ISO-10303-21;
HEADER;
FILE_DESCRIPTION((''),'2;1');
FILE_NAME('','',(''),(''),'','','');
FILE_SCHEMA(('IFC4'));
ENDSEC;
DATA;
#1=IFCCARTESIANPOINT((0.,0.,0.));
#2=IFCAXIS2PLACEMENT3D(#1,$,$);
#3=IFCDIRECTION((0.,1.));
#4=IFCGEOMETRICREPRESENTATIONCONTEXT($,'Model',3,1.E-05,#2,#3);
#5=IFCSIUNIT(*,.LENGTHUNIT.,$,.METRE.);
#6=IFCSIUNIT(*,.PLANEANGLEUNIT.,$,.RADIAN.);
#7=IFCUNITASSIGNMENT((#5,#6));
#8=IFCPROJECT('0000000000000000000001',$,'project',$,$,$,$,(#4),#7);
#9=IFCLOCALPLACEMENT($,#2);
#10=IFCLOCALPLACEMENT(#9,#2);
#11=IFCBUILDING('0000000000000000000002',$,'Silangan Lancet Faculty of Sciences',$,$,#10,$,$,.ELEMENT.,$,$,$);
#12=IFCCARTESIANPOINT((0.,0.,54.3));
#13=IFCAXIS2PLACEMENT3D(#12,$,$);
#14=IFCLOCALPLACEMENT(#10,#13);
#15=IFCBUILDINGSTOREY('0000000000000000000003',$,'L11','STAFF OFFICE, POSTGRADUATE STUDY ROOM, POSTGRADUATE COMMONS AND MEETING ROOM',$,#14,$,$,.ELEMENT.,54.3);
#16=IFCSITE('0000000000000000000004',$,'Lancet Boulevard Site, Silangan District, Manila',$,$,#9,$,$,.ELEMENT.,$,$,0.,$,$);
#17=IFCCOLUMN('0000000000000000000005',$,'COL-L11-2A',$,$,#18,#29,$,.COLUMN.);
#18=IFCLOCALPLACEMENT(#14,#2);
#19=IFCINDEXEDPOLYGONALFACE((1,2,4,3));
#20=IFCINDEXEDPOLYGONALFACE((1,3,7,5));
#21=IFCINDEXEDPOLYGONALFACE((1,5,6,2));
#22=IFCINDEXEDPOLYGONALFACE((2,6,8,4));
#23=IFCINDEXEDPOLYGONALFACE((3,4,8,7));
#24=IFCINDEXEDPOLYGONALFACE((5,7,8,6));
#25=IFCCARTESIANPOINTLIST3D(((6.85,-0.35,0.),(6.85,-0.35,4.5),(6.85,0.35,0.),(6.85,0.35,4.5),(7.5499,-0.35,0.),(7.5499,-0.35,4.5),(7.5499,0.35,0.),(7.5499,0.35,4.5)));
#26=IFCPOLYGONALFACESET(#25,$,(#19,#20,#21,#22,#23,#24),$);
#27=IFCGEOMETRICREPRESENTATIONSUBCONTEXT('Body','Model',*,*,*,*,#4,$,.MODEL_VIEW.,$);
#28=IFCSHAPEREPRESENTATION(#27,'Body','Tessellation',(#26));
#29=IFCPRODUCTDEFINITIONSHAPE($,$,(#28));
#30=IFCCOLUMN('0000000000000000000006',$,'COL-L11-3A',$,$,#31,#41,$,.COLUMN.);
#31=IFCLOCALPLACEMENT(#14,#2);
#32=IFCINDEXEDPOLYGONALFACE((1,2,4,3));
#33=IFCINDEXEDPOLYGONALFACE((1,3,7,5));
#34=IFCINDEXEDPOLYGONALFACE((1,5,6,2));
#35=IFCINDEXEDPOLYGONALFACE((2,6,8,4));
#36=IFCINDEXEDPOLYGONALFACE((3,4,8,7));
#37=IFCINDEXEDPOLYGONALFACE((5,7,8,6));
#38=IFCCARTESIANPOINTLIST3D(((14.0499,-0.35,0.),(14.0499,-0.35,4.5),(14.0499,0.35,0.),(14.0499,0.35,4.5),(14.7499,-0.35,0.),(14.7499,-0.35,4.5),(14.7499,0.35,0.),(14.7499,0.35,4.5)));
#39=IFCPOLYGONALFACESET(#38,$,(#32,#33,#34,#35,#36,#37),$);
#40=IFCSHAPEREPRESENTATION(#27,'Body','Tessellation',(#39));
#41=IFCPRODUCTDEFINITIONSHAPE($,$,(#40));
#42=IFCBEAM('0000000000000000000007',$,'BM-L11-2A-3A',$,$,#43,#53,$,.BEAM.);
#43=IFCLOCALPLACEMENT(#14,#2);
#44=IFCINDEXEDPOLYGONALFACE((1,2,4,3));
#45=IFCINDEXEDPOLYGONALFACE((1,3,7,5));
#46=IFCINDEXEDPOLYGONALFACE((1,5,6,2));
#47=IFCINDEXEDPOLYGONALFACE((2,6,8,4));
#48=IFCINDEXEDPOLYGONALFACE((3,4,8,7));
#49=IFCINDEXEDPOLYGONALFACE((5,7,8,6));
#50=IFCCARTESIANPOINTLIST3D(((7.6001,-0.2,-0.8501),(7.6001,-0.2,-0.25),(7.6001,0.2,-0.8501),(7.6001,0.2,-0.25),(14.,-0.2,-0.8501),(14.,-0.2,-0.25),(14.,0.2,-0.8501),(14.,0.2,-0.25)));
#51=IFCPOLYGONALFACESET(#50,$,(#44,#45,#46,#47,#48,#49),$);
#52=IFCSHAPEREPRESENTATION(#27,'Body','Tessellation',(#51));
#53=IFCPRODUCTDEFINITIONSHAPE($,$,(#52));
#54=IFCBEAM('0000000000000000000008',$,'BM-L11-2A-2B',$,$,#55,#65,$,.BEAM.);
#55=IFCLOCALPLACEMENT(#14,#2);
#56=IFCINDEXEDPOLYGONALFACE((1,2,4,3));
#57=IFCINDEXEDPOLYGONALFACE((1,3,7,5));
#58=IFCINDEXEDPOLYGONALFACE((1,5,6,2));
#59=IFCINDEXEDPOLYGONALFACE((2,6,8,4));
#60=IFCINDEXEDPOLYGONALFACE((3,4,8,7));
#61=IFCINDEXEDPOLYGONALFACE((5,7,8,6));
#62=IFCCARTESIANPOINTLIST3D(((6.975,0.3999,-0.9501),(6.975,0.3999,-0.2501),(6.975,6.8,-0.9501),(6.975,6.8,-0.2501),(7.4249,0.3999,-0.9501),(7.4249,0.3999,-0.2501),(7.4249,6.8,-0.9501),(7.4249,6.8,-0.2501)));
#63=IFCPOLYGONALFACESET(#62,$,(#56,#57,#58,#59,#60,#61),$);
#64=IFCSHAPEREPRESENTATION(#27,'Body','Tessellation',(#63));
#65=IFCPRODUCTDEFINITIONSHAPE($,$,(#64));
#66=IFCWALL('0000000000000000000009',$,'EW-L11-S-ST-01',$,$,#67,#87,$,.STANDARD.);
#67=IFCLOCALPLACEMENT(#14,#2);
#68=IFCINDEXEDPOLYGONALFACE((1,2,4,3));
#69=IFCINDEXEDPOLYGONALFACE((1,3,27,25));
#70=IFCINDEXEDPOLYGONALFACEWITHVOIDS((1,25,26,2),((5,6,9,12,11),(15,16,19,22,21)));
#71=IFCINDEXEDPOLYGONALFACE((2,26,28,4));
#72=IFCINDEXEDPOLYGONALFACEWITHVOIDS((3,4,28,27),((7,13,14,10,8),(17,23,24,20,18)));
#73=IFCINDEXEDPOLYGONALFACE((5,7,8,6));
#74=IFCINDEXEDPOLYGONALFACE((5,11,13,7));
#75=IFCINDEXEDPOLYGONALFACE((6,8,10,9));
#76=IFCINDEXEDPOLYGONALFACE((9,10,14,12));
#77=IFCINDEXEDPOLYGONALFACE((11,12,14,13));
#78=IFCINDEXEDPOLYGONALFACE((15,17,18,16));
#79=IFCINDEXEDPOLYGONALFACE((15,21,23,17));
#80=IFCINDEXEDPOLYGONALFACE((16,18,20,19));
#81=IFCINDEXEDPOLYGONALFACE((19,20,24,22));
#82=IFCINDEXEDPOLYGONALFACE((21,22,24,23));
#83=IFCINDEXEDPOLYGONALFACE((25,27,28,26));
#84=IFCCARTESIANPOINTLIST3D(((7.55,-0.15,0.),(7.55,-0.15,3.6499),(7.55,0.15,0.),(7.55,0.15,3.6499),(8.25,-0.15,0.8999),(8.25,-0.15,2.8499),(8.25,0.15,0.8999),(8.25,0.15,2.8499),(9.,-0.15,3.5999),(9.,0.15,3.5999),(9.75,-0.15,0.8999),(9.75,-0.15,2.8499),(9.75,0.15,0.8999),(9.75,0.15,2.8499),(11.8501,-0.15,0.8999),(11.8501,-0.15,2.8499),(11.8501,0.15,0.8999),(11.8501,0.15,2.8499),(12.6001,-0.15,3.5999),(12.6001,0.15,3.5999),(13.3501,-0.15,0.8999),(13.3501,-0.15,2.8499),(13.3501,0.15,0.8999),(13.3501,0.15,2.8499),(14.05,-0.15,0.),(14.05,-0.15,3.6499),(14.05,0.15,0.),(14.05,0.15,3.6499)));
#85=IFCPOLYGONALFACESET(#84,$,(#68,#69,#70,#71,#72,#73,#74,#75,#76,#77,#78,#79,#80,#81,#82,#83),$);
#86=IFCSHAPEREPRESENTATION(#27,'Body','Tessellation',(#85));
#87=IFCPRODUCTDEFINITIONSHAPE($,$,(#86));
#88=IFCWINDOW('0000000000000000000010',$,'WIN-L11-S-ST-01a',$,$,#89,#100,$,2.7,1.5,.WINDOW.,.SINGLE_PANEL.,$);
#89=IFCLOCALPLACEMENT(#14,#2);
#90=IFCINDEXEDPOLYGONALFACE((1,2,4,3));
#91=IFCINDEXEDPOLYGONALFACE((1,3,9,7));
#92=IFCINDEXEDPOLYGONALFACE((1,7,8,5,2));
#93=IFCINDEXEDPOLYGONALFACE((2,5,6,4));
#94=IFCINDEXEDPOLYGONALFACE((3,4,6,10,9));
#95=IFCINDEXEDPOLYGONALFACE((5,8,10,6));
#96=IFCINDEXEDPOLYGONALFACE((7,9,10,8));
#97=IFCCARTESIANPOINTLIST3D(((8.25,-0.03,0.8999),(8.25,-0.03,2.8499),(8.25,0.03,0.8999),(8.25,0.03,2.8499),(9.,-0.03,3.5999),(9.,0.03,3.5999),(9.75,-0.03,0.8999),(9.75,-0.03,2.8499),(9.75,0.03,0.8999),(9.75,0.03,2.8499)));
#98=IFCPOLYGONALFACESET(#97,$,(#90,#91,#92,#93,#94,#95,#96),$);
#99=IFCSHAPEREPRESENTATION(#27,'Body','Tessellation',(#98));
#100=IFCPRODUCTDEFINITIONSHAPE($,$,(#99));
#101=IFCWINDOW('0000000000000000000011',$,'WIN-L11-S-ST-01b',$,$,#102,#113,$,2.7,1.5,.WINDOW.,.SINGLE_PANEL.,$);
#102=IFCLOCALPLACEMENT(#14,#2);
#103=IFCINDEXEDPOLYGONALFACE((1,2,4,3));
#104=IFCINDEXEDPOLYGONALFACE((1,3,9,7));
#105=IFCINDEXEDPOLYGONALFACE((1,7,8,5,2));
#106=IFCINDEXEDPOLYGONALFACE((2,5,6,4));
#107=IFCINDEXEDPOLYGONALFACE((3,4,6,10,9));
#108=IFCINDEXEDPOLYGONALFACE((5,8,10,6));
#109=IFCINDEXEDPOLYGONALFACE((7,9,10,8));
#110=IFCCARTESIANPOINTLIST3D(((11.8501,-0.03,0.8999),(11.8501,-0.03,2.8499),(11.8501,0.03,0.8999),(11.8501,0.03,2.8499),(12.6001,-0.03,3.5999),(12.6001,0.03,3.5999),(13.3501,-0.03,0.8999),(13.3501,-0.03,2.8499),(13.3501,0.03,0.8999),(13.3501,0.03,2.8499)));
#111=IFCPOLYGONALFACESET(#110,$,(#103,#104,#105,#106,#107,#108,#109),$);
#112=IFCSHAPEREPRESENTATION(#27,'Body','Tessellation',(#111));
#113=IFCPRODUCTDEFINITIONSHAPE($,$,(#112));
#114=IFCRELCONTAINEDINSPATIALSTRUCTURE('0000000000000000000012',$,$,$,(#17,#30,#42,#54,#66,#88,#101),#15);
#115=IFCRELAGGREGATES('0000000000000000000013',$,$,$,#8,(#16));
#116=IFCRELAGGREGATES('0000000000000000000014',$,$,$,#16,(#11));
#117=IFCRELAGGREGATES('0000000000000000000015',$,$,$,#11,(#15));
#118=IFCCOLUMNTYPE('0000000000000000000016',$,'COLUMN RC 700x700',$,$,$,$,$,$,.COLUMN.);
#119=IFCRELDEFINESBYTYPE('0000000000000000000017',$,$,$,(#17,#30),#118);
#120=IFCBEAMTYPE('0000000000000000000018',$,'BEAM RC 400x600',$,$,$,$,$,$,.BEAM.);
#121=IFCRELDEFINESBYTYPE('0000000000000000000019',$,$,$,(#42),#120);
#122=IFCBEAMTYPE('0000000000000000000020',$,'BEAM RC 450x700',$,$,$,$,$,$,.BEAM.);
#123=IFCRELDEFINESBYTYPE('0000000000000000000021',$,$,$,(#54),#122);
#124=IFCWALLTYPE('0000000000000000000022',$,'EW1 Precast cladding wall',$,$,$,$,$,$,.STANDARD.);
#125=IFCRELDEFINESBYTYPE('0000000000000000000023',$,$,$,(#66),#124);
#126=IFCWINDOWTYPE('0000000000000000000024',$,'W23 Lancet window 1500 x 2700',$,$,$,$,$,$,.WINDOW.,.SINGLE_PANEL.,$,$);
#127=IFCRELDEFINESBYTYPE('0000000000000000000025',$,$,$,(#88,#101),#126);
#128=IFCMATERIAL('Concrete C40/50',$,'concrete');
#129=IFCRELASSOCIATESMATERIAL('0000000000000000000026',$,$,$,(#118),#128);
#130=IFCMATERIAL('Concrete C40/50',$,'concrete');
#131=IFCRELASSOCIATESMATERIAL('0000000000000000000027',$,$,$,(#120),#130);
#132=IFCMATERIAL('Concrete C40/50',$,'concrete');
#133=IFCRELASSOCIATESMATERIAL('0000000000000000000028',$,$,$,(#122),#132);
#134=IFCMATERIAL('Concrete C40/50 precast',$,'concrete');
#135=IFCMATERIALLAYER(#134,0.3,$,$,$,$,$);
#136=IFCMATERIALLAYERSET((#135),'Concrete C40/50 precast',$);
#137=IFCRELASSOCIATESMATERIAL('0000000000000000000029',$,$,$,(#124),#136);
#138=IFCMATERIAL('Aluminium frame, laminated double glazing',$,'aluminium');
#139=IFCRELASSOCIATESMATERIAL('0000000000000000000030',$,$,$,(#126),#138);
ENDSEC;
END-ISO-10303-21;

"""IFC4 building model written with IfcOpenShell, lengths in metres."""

from ifc_helpers import new_model, si_unit, direction, frame, frame_2d, origin, origin_2d, place, context, subcontext, project, spatial, polyline, rectangle, outline, extrude, material, layer, layer_set, material_profile, profile_set, type_object, element, fill, save


model = new_model("IFC4")

# Units and contexts
model_context = context("Model", 3, precision=1e-05, world=origin(), true_north=direction((0.0, 1.0)))
body_context = subcontext(model_context, "Body", "Model", "MODEL_VIEW")
ifc_project = project(units=[si_unit("LENGTHUNIT", "METRE"), si_unit("PLANEANGLEUNIT", "RADIAN")], contexts=[model_context])

# Site, building, storey
site_placement = place(None, origin())
site = spatial("IfcSite", under=ifc_project, at=site_placement, Name="Lancet Boulevard Site, Silangan District, Manila", CompositionType="ELEMENT", RefElevation=0.0)
building_placement = place(site_placement, origin())
building = spatial("IfcBuilding", under=site, at=building_placement, Name="Silangan Lancet Faculty of Sciences", CompositionType="ELEMENT")
storey_placement = place(building_placement, frame((0.0, 0.0, 54.3)))
storey = spatial("IfcBuildingStorey", under=building, at=storey_placement, Name="L11", Description="STAFF OFFICE, POSTGRADUATE STUDY ROOM, POSTGRADUATE COMMONS AND MEETING ROOM", CompositionType="ELEMENT", Elevation=54.3)

# Columns
ifc_material_1 = material(Name="Concrete C40/50", Category="concrete")
ifc_material_profile_1 = material_profile(ifc_material_1, rectangle(XDim=0.7, YDim=0.7, at=origin_2d()), Name="RC 700x700")
ifc_profile_set_1 = profile_set([ifc_material_profile_1], Name="Concrete C40/50")
column_type = type_object("IfcColumnType", Name="COLUMN RC 700x700", PredefinedType="COLUMN", material=ifc_profile_set_1)
for number, where, z_axis, x_axis, name in (
    (1, (7.2, 0.0, 0.0), (0.0, 0.0, 1.0), (1.0, 0.0, 0.0), "COL-L11-2A"),
    (2, (14.3999, 0.0, 0.0), (0.0, 0.0, 1.0), (1.0, 0.0, 0.0), "COL-L11-3A"),
):
    element("IfcColumn", number, at=place(storey_placement, frame(where, z_axis=z_axis, x_axis=x_axis)), inside=storey, type_object=column_type, Name=name, PredefinedType="COLUMN", context=body_context, shape_type="SweptSolid", body=[
        extrude(rectangle(XDim=0.7, YDim=0.7, at=origin_2d()), origin(), (0.0, 0.0, 1.0), 4.5),
    ])

# Beams
ifc_material_2 = material(Name="Concrete C40/50", Category="concrete")
ifc_material_profile_2 = material_profile(ifc_material_2, rectangle(XDim=0.3999, YDim=0.6001, at=origin_2d()), Name="RC 400x600")
ifc_profile_set_2 = profile_set([ifc_material_profile_2], Name="Concrete C40/50")
beam_type_1 = type_object("IfcBeamType", Name="BEAM RC 400x600", PredefinedType="BEAM", material=ifc_profile_set_2)
beam_1_placement = place(storey_placement, frame((7.6001, 0.0, -0.55), z_axis=(1.0, 0.0, 0.0), x_axis=(0.0, 1.0, 0.0)))
element("IfcBeam", 3, at=beam_1_placement, inside=storey, type_object=beam_type_1, Name="BM-L11-2A-3A", PredefinedType="BEAM", context=body_context, shape_type="SweptSolid", body=[
    extrude(rectangle(XDim=0.3999, YDim=0.6001, at=origin_2d()), origin(), (0.0, 0.0, 1.0), 6.3999),
])
ifc_material_3 = material(Name="Concrete C40/50", Category="concrete")
ifc_material_profile_3 = material_profile(ifc_material_3, rectangle(XDim=0.45, YDim=0.7, at=origin_2d()), Name="RC 450x700")
ifc_profile_set_3 = profile_set([ifc_material_profile_3], Name="Concrete C40/50")
beam_type_2 = type_object("IfcBeamType", Name="BEAM RC 450x700", PredefinedType="BEAM", material=ifc_profile_set_3)
beam_2_placement = place(storey_placement, frame((7.2, 0.3999, -0.6001), z_axis=(0.0, 1.0, 0.0), x_axis=(-1.0, 0.0, 0.0)))
element("IfcBeam", 4, at=beam_2_placement, inside=storey, type_object=beam_type_2, Name="BM-L11-2A-2B", PredefinedType="BEAM", context=body_context, shape_type="SweptSolid", body=[
    extrude(rectangle(XDim=0.45, YDim=0.7, at=origin_2d()), origin(), (0.0, 0.0, 1.0), 6.4001),
])

# Wall, openings, windows
ifc_material_4 = material(Name="Concrete C40/50 precast", Category="concrete")
ifc_layer_1 = layer(ifc_material_4, 0.3)
ifc_layer_set_1 = layer_set([ifc_layer_1], Name="Concrete C40/50 precast")
wall_type_1 = type_object("IfcWallType", Name="EW1 Precast cladding wall", PredefinedType="STANDARD", material=ifc_layer_set_1)
wall_1_placement = place(storey_placement, frame((7.55, 0.0, 0.0), z_axis=(0.0, 0.0, 1.0), x_axis=(1.0, 0.0, 0.0)))
wall_1 = element("IfcWall", 5, at=wall_1_placement, inside=storey, type_object=wall_type_1, Name="EW-L11-S-ST-01", PredefinedType="STANDARD", context=body_context, shape_type="SweptSolid", body=[
    extrude(rectangle(XDim=6.5, YDim=0.3, at=frame_2d((3.25, 0.0))), origin(), (0.0, 0.0, 1.0), 3.6499),
])
opening_1_placement = place(wall_1_placement, frame((0.7, 0.0, 0.8999)))
opening_1 = element("IfcOpeningElement", 6, at=opening_1_placement, cuts=wall_1, PredefinedType="OPENING", context=body_context, shape_type="SweptSolid", body=[
    extrude(outline(polyline([(0.0, 0.0), (1.5, 0.0), (1.5, 1.95), (0.75, 2.7), (0.0, 1.95), (0.0, 0.0)])), frame((0.0, 0.1599, 0.0), z_axis=(0.0, -1.0, 0.0), x_axis=(1.0, 0.0, 0.0)), (0.0, 0.0, 1.0), 0.3201),
])
opening_2_placement = place(wall_1_placement, frame((4.3, 0.0, 0.8999)))
opening_2 = element("IfcOpeningElement", 7, at=opening_2_placement, cuts=wall_1, PredefinedType="OPENING", context=body_context, shape_type="SweptSolid", body=[
    extrude(outline(polyline([(0.0, 0.0), (1.5, 0.0), (1.5, 1.95), (0.75, 2.7), (0.0, 1.95), (0.0, 0.0)])), frame((0.0, 0.1599, 0.0), z_axis=(0.0, -1.0, 0.0), x_axis=(1.0, 0.0, 0.0)), (0.0, 0.0, 1.0), 0.3201),
])
ifc_material_5 = material(Name="Aluminium frame, laminated double glazing", Category="aluminium")
window_type = type_object("IfcWindowType", Name="W23 Lancet window 1500 x 2700", PartitioningType="SINGLE_PANEL", PredefinedType="WINDOW", material=ifc_material_5)
window_1_placement = place(opening_1_placement, origin())
window_1 = element("IfcWindow", 8, at=window_1_placement, inside=storey, type_object=window_type, Name="WIN-L11-S-ST-01a", OverallHeight=2.7, OverallWidth=1.5, PartitioningType="SINGLE_PANEL", PredefinedType="WINDOW", context=body_context, shape_type="SweptSolid", body=[
    extrude(outline(polyline([(0.0, 0.0), (1.5, 0.0), (1.5, 1.95), (0.75, 2.7), (0.0, 1.95), (0.0, 0.0)])), frame((0.0, 0.03, 0.0), z_axis=(0.0, -1.0, 0.0), x_axis=(1.0, 0.0, 0.0)), (0.0, 0.0, 1.0), 0.0601),
])
fill(opening_1, window_1)
window_2_placement = place(opening_2_placement, origin())
window_2 = element("IfcWindow", 9, at=window_2_placement, inside=storey, type_object=window_type, Name="WIN-L11-S-ST-01b", OverallHeight=2.7, OverallWidth=1.5, PartitioningType="SINGLE_PANEL", PredefinedType="WINDOW", context=body_context, shape_type="SweptSolid", body=[
    extrude(outline(polyline([(0.0, 0.0), (1.5, 0.0), (1.5, 1.95), (0.75, 2.7), (0.0, 1.95), (0.0, 0.0)])), frame((0.0, 0.03, 0.0), z_axis=(0.0, -1.0, 0.0), x_axis=(1.0, 0.0, 0.0)), (0.0, 0.0, 1.0), 0.0601),
])
fill(opening_2, window_2)

save(model, "model.ifc")
